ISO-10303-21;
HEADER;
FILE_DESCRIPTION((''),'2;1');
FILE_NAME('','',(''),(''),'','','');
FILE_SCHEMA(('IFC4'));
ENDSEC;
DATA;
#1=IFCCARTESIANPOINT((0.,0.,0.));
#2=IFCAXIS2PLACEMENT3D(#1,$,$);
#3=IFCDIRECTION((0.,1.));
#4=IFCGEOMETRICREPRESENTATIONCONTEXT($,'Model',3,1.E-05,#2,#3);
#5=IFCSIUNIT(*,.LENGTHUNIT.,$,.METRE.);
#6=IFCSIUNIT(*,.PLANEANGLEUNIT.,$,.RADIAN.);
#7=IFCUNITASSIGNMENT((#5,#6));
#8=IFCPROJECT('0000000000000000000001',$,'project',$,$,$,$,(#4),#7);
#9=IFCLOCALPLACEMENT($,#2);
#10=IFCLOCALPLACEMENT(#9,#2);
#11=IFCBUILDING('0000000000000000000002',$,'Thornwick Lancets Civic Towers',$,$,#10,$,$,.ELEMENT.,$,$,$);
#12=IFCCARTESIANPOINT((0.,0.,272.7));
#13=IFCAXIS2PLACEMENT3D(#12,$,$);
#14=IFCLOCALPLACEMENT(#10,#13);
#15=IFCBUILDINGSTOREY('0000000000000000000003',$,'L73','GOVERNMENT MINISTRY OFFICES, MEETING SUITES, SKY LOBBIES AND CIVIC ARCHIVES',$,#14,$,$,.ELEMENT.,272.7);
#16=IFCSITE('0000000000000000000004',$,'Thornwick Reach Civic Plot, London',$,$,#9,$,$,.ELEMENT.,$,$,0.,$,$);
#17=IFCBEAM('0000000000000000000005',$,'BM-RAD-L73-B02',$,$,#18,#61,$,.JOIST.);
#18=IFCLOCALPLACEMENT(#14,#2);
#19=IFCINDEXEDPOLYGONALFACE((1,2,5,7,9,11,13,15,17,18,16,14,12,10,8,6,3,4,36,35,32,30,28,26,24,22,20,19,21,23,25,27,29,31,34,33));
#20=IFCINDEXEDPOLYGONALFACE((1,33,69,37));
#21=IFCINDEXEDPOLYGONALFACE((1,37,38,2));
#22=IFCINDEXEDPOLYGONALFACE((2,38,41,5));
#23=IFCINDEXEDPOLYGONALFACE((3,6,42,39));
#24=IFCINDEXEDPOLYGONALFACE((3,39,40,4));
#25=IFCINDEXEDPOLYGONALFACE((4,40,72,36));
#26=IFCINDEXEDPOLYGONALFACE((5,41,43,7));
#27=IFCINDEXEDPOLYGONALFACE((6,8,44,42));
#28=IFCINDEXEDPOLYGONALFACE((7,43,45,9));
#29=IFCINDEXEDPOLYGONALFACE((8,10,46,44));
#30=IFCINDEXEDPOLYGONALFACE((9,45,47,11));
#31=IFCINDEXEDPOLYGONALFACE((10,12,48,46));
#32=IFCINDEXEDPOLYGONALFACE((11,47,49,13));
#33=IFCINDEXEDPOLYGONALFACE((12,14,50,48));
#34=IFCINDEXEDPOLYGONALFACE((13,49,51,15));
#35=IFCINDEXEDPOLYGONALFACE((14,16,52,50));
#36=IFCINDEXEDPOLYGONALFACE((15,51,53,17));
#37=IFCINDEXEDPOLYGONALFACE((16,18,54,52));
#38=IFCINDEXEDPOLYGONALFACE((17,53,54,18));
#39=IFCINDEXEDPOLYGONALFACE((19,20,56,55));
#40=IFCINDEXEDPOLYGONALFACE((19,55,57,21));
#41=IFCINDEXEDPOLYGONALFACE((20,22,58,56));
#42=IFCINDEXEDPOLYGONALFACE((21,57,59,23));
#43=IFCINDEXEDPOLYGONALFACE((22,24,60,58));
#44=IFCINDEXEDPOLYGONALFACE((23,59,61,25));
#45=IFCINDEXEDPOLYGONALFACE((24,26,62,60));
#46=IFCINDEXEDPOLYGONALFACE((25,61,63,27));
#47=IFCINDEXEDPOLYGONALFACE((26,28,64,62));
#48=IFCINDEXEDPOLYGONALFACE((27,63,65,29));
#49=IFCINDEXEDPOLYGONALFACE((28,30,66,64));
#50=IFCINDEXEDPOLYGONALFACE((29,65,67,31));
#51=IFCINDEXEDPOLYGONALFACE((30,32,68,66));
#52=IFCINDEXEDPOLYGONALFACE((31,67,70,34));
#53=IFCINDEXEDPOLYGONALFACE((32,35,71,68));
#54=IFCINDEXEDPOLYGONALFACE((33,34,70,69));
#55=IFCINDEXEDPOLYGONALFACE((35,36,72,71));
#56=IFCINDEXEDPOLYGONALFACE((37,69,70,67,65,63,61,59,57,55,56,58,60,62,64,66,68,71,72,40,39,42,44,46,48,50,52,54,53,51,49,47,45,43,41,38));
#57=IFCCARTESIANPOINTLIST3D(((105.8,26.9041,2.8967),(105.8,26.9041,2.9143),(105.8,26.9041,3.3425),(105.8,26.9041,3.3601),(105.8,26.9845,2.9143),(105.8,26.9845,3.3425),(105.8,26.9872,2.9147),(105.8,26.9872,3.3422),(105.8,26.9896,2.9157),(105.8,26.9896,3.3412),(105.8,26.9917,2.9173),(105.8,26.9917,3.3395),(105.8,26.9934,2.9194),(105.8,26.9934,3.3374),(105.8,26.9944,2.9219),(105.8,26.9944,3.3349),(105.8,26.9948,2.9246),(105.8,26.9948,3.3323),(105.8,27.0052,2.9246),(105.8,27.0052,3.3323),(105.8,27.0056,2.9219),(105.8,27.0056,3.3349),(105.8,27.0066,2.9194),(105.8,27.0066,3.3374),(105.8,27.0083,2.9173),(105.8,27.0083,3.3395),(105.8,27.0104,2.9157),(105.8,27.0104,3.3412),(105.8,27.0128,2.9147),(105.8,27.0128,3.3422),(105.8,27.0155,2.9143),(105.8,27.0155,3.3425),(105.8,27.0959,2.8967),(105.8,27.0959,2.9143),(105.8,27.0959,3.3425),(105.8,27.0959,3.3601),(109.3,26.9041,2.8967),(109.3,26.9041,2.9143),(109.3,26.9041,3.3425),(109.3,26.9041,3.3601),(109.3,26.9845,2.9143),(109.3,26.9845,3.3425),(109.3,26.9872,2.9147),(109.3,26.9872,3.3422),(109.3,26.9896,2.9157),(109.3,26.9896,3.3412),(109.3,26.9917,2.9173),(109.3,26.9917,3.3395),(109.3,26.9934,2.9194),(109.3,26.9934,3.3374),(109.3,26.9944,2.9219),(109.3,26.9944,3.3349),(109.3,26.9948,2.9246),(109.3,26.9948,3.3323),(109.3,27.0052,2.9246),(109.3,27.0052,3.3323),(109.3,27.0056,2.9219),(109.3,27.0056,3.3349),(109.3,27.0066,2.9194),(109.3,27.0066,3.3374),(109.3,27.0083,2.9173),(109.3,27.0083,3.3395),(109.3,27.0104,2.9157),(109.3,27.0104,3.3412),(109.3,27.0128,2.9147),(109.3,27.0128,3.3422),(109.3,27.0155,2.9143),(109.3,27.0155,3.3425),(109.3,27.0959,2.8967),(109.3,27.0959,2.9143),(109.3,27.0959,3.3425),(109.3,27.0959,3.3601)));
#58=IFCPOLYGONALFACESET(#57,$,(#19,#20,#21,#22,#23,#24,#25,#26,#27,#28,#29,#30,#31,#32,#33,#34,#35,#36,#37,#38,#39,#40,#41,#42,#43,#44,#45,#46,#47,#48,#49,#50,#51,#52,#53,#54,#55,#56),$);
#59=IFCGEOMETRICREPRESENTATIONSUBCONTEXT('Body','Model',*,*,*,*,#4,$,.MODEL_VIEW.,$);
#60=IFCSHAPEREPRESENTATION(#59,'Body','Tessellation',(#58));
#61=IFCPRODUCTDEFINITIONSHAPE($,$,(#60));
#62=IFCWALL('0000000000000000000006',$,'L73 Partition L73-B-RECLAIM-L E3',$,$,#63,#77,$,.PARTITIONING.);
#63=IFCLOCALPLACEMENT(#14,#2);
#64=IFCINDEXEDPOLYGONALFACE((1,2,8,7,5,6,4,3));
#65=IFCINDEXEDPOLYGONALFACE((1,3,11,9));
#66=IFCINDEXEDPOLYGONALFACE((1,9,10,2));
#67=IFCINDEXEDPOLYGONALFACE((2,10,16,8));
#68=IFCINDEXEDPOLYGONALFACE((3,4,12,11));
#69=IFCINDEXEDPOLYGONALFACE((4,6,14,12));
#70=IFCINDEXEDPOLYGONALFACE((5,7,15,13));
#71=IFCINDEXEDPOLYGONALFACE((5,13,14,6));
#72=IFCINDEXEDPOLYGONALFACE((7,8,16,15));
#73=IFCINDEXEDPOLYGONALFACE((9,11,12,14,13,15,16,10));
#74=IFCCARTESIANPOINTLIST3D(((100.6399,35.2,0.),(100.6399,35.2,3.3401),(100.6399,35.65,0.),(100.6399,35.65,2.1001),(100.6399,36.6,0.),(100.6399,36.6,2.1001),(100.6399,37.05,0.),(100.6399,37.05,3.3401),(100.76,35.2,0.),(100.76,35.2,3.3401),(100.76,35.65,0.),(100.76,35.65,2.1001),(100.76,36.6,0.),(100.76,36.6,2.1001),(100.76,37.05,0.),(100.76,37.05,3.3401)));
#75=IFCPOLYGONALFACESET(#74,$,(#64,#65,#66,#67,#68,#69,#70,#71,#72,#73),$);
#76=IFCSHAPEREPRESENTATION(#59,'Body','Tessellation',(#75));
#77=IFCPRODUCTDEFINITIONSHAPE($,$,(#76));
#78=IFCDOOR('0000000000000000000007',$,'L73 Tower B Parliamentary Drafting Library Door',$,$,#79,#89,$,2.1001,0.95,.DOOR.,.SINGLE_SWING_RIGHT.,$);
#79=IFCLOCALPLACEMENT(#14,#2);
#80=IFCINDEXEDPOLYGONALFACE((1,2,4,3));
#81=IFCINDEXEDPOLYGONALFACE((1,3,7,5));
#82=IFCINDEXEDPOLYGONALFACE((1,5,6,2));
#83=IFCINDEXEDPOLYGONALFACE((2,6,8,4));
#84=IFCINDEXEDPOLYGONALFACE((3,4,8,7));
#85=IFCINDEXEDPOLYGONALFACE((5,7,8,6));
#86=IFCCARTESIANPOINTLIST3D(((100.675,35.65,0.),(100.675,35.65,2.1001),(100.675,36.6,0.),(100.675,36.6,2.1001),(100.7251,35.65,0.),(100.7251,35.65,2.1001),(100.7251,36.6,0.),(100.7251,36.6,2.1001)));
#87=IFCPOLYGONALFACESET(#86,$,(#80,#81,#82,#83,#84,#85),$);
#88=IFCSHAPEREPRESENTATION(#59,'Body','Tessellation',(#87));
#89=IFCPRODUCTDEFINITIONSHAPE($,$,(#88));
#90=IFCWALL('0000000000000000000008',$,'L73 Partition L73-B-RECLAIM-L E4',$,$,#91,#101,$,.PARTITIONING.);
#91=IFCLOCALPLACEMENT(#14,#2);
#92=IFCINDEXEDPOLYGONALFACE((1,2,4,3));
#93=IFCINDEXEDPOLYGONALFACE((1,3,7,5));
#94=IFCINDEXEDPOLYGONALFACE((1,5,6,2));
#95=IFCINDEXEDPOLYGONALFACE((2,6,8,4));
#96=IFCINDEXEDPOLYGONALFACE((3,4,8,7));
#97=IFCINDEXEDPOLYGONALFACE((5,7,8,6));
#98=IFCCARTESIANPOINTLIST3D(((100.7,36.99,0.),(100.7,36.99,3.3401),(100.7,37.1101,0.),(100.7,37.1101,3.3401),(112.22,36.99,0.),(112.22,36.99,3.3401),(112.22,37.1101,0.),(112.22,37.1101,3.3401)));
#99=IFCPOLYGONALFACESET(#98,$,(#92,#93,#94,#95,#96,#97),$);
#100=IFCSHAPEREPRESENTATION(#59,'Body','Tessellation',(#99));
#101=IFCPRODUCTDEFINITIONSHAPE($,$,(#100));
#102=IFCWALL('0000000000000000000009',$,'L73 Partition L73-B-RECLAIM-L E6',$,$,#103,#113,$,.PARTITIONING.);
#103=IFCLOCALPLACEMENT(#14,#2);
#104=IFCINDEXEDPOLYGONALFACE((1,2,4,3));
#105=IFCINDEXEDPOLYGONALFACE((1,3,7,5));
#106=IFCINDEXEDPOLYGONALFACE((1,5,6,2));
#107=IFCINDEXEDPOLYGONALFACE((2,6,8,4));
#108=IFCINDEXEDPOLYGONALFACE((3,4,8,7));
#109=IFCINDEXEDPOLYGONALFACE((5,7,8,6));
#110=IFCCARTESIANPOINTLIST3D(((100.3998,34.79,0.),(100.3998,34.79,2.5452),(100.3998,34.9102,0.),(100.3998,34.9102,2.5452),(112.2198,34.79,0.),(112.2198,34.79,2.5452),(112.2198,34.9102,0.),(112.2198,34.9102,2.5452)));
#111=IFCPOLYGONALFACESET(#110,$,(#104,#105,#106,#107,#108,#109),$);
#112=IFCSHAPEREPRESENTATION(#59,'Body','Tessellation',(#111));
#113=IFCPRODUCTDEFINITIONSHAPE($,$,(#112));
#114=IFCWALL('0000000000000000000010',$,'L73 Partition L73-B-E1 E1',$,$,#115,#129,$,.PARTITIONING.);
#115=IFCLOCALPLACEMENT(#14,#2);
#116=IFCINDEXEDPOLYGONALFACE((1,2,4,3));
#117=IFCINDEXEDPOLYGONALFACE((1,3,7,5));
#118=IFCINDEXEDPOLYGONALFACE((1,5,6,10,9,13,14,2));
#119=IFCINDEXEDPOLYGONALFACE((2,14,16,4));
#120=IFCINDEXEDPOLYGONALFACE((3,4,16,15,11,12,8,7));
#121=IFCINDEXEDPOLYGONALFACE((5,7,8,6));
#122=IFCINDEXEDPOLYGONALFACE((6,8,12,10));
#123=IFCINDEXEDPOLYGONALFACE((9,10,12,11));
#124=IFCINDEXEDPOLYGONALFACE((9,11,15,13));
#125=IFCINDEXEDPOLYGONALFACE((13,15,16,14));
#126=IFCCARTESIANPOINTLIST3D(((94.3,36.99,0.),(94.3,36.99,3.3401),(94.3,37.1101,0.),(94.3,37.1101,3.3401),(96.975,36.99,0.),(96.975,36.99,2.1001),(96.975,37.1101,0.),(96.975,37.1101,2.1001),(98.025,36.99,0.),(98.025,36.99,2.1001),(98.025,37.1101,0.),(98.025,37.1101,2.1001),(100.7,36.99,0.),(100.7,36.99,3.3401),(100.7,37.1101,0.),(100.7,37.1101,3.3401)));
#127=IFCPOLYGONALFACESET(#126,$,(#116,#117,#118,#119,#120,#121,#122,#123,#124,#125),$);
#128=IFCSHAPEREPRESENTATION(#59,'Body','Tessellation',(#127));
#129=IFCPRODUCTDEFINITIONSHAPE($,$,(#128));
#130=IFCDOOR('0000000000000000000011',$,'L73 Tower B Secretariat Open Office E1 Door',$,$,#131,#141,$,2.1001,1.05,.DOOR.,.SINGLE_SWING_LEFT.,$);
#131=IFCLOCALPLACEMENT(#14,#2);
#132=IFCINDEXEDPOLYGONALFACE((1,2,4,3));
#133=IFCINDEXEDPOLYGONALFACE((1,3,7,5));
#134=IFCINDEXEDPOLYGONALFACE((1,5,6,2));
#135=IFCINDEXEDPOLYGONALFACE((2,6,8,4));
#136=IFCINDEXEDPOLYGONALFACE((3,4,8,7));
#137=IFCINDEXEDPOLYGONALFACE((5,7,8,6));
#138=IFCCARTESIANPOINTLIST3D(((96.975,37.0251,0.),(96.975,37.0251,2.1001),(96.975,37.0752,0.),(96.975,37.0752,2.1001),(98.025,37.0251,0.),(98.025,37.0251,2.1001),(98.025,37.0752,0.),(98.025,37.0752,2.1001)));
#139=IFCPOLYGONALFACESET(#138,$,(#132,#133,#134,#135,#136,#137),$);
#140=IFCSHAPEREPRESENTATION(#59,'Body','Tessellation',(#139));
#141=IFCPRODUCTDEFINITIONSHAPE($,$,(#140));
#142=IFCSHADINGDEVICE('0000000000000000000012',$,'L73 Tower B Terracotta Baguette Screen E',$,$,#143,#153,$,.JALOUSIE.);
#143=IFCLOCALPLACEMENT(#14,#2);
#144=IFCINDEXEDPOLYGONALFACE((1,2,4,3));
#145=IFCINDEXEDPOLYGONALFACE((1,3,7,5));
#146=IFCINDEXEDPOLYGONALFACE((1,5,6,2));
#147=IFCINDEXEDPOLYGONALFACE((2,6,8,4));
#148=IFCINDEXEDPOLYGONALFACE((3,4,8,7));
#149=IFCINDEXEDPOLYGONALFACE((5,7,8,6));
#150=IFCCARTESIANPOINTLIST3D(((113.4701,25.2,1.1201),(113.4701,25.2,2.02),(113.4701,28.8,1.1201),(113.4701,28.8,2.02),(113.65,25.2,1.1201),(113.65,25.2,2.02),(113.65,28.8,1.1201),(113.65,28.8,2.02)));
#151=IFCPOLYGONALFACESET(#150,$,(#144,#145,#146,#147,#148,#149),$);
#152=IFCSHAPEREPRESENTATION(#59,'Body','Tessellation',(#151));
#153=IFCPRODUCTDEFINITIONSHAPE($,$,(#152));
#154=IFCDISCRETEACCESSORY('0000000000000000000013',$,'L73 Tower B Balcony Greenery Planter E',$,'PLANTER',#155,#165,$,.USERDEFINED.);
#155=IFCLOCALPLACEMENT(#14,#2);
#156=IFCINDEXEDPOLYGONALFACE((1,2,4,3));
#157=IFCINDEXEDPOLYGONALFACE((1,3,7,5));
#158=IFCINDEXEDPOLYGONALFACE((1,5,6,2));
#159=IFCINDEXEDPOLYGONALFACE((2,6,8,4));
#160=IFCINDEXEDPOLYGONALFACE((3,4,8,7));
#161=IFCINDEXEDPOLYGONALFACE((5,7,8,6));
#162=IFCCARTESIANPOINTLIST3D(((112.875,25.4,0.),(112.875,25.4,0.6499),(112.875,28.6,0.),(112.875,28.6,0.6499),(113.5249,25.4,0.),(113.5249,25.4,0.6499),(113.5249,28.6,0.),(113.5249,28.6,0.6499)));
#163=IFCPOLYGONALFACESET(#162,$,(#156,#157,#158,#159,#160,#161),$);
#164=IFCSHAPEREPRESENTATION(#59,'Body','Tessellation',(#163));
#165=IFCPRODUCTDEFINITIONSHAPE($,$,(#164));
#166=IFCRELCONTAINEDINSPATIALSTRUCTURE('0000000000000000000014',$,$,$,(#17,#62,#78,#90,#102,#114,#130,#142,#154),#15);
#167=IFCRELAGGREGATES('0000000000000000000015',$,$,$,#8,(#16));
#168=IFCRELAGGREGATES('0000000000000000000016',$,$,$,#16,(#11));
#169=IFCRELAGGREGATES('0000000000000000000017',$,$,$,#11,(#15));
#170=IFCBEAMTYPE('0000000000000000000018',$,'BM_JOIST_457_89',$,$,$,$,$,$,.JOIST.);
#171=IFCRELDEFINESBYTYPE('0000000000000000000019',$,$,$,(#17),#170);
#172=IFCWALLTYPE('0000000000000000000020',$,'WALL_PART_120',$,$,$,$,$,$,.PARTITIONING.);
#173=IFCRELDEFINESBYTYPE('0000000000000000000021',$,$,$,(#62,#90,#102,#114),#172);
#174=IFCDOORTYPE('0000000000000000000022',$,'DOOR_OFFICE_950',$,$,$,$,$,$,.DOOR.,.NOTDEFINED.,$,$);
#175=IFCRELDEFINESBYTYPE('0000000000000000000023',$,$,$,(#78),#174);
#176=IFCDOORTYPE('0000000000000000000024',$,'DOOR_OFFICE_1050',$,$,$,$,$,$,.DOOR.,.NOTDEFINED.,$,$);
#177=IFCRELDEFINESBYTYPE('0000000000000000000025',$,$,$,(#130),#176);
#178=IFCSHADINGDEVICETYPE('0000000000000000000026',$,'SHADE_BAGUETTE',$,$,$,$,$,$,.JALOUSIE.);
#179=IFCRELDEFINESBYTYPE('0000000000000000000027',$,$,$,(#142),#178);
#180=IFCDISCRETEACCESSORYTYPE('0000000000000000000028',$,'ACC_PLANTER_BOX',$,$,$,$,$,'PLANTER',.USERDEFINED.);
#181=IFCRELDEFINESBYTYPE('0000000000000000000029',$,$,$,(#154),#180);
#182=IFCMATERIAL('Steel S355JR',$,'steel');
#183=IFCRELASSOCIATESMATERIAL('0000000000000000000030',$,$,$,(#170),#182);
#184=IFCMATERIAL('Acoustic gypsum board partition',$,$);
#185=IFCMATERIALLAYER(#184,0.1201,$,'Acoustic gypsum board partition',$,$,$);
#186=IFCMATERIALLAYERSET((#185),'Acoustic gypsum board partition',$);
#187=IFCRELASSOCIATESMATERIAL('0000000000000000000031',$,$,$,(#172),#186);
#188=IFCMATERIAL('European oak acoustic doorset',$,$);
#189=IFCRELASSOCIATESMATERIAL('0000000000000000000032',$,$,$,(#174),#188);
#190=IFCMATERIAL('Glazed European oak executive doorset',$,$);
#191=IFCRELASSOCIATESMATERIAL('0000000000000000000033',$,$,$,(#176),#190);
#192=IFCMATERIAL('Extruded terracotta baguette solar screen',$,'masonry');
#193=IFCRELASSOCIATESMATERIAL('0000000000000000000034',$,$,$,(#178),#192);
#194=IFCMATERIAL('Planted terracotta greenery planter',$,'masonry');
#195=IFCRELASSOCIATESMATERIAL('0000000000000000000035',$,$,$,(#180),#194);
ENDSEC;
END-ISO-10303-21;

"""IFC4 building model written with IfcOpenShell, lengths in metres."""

from ifc_helpers import new_model, si_unit, direction, frame, frame_2d, origin, origin_2d, place, context, subcontext, project, spatial, rectangle, i_section, extrude, material, layer, layer_set, material_profile, profile_set, type_object, element, fill, save


model = new_model("IFC4")

# Units and contexts
model_context = context("Model", 3, precision=1e-05, world=origin(), true_north=direction((0.0, 1.0)))
body_context = subcontext(model_context, "Body", "Model", "MODEL_VIEW")
ifc_project = project(units=[si_unit("LENGTHUNIT", "METRE"), si_unit("PLANEANGLEUNIT", "RADIAN")], contexts=[model_context])

# Site, building, storey
site_placement = place(None, origin())
site = spatial("IfcSite", under=ifc_project, at=site_placement, Name="Thornwick Reach Civic Plot, London", CompositionType="ELEMENT", RefElevation=0.0)
building_placement = place(site_placement, origin())
building = spatial("IfcBuilding", under=site, at=building_placement, Name="Thornwick Lancets Civic Towers", CompositionType="ELEMENT")
storey_placement = place(building_placement, frame((0.0, 0.0, 272.7)))
storey = spatial("IfcBuildingStorey", under=building, at=storey_placement, Name="L73", Description="GOVERNMENT MINISTRY OFFICES, MEETING SUITES, SKY LOBBIES AND CIVIC ARCHIVES", CompositionType="ELEMENT", Elevation=272.7)

# Shared definitions
ifc_material_1 = material(Name="Steel S355JR", Category="steel")

# Beam
ifc_material_profile_1 = material_profile(ifc_material_1, i_section(OverallWidth=0.1919, OverallDepth=0.4634, WebThickness=0.0105, FlangeThickness=0.0176, FilletRadius=0.0103, at=origin_2d()), Name="UKB 457x191x89")
ifc_profile_set_1 = profile_set([ifc_material_profile_1], Name="Steel S355JR")
beam_type_1 = type_object("IfcBeamType", Name="BM_JOIST_457_89", PredefinedType="JOIST", material=ifc_profile_set_1)
beam_1_placement = place(storey_placement, frame((105.8, 27.0, 3.1284), z_axis=(1.0, 0.0, 0.0), x_axis=(0.0, 1.0, 0.0)))
element("IfcBeam", 1, at=beam_1_placement, inside=storey, type_object=beam_type_1, Name="BM-RAD-L73-B02", PredefinedType="JOIST", context=body_context, shape_type="SweptSolid", body=[
    extrude(i_section(OverallWidth=0.1919, OverallDepth=0.4634, WebThickness=0.0105, FlangeThickness=0.0176, FilletRadius=0.0103, at=origin_2d()), origin(), (0.0, 0.0, 1.0), 3.5),
])

# Wall, opening, door
ifc_material_2 = material(Name="Acoustic gypsum board partition")
ifc_layer = layer(ifc_material_2, 0.1201, Name="Acoustic gypsum board partition")
ifc_layer_set = layer_set([ifc_layer], Name="Acoustic gypsum board partition")
wall_type = type_object("IfcWallType", Name="WALL_PART_120", PredefinedType="PARTITIONING", material=ifc_layer_set)
wall_1_placement = place(storey_placement, frame((100.7, 35.2, 0.0), z_axis=(0.0, 0.0, 1.0), x_axis=(0.0, 1.0, 0.0)))
wall_1 = element("IfcWall", 2, at=wall_1_placement, inside=storey, type_object=wall_type, Name="L73 Partition L73-B-RECLAIM-L E3", PredefinedType="PARTITIONING", context=body_context, shape_type="SweptSolid", body=[
    extrude(rectangle(XDim=1.8501, YDim=0.1201, at=frame_2d((0.925, 0.0))), origin(), (0.0, 0.0, 1.0), 3.3401),
])
opening_1_placement = place(wall_1_placement, frame((0.45, 0.0, 0.0)))
opening_1 = element("IfcOpeningElement", 3, at=opening_1_placement, cuts=wall_1, PredefinedType="OPENING", context=body_context, shape_type="SweptSolid", body=[
    extrude(rectangle(XDim=0.95, YDim=2.1001, at=frame_2d((0.4751, 1.05))), frame((0.0, 0.0701, 0.0), z_axis=(0.0, -1.0, 0.0), x_axis=(1.0, 0.0, 0.0)), (0.0, 0.0, 1.0), 0.1401),
])
ifc_material_3 = material(Name="European oak acoustic doorset")
door_type_1 = type_object("IfcDoorType", Name="DOOR_OFFICE_950", OperationType="NOTDEFINED", PredefinedType="DOOR", material=ifc_material_3)
door_1_placement = place(opening_1_placement, origin())
door_1 = element("IfcDoor", 4, at=door_1_placement, inside=storey, type_object=door_type_1, Name="L73 Tower B Parliamentary Drafting Library Door", OperationType="SINGLE_SWING_RIGHT", OverallHeight=2.1001, OverallWidth=0.95, PredefinedType="DOOR", context=body_context, shape_type="SweptSolid", body=[
    extrude(rectangle(XDim=0.95, YDim=2.1001, at=frame_2d((0.4751, 1.05))), frame((0.0, 0.0249, 0.0), z_axis=(0.0, -1.0, 0.0), x_axis=(1.0, 0.0, 0.0)), (0.0, 0.0, 1.0), 0.05),
])
fill(opening_1, door_1)

# Walls
wall_2_placement = place(storey_placement, frame((100.7, 37.05, 0.0), z_axis=(0.0, 0.0, 1.0), x_axis=(1.0, 0.0, 0.0)))
element("IfcWall", 5, at=wall_2_placement, inside=storey, type_object=wall_type, Name="L73 Partition L73-B-RECLAIM-L E4", PredefinedType="PARTITIONING", context=body_context, shape_type="SweptSolid", body=[
    extrude(rectangle(XDim=11.52, YDim=0.1201, at=frame_2d((5.76, 0.0))), origin(), (0.0, 0.0, 1.0), 3.3401),
])
wall_3_placement = place(storey_placement, frame((112.22, 34.8501, 0.0), z_axis=(0.0, 0.0, 1.0), x_axis=(-1.0, 0.0, 0.0)))
element("IfcWall", 6, at=wall_3_placement, inside=storey, type_object=wall_type, Name="L73 Partition L73-B-RECLAIM-L E6", PredefinedType="PARTITIONING", context=body_context, shape_type="SweptSolid", body=[
    extrude(rectangle(XDim=11.8201, YDim=0.1201, at=frame_2d((5.9102, 0.0))), origin(), (0.0, 0.0, 1.0), 2.5452),
])

# Wall, opening, door
wall_4_placement = place(storey_placement, frame((100.7, 37.05, 0.0), z_axis=(0.0, 0.0, 1.0), x_axis=(-1.0, 0.0, 0.0)))
wall_4 = element("IfcWall", 7, at=wall_4_placement, inside=storey, type_object=wall_type, Name="L73 Partition L73-B-E1 E1", PredefinedType="PARTITIONING", context=body_context, shape_type="SweptSolid", body=[
    extrude(rectangle(XDim=6.3999, YDim=0.1201, at=frame_2d((3.2, 0.0))), origin(), (0.0, 0.0, 1.0), 3.3401),
])
opening_2_placement = place(wall_4_placement, frame((2.675, 0.0, 0.0)))
opening_2 = element("IfcOpeningElement", 8, at=opening_2_placement, cuts=wall_4, PredefinedType="OPENING", context=body_context, shape_type="SweptSolid", body=[
    extrude(rectangle(XDim=1.05, YDim=2.1001, at=frame_2d((0.5249, 1.05))), frame((0.0, 0.0701, 0.0), z_axis=(0.0, -1.0, 0.0), x_axis=(1.0, 0.0, 0.0)), (0.0, 0.0, 1.0), 0.1401),
])
ifc_material_4 = material(Name="Glazed European oak executive doorset")
door_type_2 = type_object("IfcDoorType", Name="DOOR_OFFICE_1050", OperationType="NOTDEFINED", PredefinedType="DOOR", material=ifc_material_4)
door_2_placement = place(opening_2_placement, origin())
door_2 = element("IfcDoor", 9, at=door_2_placement, inside=storey, type_object=door_type_2, Name="L73 Tower B Secretariat Open Office E1 Door", OperationType="SINGLE_SWING_LEFT", OverallHeight=2.1001, OverallWidth=1.05, PredefinedType="DOOR", context=body_context, shape_type="SweptSolid", body=[
    extrude(rectangle(XDim=1.05, YDim=2.1001, at=frame_2d((0.5249, 1.05))), frame((0.0, 0.0249, 0.0), z_axis=(0.0, -1.0, 0.0), x_axis=(1.0, 0.0, 0.0)), (0.0, 0.0, 1.0), 0.05),
])
fill(opening_2, door_2)

# Shading device
ifc_material_5 = material(Name="Extruded terracotta baguette solar screen", Category="masonry")
shading_device_type = type_object("IfcShadingDeviceType", Name="SHADE_BAGUETTE", PredefinedType="JALOUSIE", material=ifc_material_5)
shading_device_placement = place(storey_placement, frame((113.5601, 27.0, 1.1201), z_axis=(0.0, 0.0, 1.0), x_axis=(0.0, 1.0, 0.0)))
element("IfcShadingDevice", 10, at=shading_device_placement, inside=storey, type_object=shading_device_type, Name="L73 Tower B Terracotta Baguette Screen E", PredefinedType="JALOUSIE", context=body_context, shape_type="SweptSolid", body=[
    extrude(rectangle(XDim=3.6001, YDim=0.1799, at=origin_2d()), origin(), (0.0, 0.0, 1.0), 0.8999),
])

# Discrete accessory
ifc_material_6 = material(Name="Planted terracotta greenery planter", Category="masonry")
discrete_accessory_type = type_object("IfcDiscreteAccessoryType", Name="ACC_PLANTER_BOX", ElementType="PLANTER", PredefinedType="USERDEFINED", material=ifc_material_6)
discrete_accessory_placement = place(storey_placement, frame((113.2, 27.0, 0.0), z_axis=(0.0, 0.0, 1.0), x_axis=(1.0, 0.0, 0.0)))
element("IfcDiscreteAccessory", 11, at=discrete_accessory_placement, inside=storey, type_object=discrete_accessory_type, Name="L73 Tower B Balcony Greenery Planter E", ObjectType="PLANTER", PredefinedType="USERDEFINED", context=body_context, shape_type="SweptSolid", body=[
    extrude(rectangle(XDim=0.6499, YDim=3.2, at=origin_2d()), origin(), (0.0, 0.0, 1.0), 0.6499),
])

save(model, "model.ifc")
